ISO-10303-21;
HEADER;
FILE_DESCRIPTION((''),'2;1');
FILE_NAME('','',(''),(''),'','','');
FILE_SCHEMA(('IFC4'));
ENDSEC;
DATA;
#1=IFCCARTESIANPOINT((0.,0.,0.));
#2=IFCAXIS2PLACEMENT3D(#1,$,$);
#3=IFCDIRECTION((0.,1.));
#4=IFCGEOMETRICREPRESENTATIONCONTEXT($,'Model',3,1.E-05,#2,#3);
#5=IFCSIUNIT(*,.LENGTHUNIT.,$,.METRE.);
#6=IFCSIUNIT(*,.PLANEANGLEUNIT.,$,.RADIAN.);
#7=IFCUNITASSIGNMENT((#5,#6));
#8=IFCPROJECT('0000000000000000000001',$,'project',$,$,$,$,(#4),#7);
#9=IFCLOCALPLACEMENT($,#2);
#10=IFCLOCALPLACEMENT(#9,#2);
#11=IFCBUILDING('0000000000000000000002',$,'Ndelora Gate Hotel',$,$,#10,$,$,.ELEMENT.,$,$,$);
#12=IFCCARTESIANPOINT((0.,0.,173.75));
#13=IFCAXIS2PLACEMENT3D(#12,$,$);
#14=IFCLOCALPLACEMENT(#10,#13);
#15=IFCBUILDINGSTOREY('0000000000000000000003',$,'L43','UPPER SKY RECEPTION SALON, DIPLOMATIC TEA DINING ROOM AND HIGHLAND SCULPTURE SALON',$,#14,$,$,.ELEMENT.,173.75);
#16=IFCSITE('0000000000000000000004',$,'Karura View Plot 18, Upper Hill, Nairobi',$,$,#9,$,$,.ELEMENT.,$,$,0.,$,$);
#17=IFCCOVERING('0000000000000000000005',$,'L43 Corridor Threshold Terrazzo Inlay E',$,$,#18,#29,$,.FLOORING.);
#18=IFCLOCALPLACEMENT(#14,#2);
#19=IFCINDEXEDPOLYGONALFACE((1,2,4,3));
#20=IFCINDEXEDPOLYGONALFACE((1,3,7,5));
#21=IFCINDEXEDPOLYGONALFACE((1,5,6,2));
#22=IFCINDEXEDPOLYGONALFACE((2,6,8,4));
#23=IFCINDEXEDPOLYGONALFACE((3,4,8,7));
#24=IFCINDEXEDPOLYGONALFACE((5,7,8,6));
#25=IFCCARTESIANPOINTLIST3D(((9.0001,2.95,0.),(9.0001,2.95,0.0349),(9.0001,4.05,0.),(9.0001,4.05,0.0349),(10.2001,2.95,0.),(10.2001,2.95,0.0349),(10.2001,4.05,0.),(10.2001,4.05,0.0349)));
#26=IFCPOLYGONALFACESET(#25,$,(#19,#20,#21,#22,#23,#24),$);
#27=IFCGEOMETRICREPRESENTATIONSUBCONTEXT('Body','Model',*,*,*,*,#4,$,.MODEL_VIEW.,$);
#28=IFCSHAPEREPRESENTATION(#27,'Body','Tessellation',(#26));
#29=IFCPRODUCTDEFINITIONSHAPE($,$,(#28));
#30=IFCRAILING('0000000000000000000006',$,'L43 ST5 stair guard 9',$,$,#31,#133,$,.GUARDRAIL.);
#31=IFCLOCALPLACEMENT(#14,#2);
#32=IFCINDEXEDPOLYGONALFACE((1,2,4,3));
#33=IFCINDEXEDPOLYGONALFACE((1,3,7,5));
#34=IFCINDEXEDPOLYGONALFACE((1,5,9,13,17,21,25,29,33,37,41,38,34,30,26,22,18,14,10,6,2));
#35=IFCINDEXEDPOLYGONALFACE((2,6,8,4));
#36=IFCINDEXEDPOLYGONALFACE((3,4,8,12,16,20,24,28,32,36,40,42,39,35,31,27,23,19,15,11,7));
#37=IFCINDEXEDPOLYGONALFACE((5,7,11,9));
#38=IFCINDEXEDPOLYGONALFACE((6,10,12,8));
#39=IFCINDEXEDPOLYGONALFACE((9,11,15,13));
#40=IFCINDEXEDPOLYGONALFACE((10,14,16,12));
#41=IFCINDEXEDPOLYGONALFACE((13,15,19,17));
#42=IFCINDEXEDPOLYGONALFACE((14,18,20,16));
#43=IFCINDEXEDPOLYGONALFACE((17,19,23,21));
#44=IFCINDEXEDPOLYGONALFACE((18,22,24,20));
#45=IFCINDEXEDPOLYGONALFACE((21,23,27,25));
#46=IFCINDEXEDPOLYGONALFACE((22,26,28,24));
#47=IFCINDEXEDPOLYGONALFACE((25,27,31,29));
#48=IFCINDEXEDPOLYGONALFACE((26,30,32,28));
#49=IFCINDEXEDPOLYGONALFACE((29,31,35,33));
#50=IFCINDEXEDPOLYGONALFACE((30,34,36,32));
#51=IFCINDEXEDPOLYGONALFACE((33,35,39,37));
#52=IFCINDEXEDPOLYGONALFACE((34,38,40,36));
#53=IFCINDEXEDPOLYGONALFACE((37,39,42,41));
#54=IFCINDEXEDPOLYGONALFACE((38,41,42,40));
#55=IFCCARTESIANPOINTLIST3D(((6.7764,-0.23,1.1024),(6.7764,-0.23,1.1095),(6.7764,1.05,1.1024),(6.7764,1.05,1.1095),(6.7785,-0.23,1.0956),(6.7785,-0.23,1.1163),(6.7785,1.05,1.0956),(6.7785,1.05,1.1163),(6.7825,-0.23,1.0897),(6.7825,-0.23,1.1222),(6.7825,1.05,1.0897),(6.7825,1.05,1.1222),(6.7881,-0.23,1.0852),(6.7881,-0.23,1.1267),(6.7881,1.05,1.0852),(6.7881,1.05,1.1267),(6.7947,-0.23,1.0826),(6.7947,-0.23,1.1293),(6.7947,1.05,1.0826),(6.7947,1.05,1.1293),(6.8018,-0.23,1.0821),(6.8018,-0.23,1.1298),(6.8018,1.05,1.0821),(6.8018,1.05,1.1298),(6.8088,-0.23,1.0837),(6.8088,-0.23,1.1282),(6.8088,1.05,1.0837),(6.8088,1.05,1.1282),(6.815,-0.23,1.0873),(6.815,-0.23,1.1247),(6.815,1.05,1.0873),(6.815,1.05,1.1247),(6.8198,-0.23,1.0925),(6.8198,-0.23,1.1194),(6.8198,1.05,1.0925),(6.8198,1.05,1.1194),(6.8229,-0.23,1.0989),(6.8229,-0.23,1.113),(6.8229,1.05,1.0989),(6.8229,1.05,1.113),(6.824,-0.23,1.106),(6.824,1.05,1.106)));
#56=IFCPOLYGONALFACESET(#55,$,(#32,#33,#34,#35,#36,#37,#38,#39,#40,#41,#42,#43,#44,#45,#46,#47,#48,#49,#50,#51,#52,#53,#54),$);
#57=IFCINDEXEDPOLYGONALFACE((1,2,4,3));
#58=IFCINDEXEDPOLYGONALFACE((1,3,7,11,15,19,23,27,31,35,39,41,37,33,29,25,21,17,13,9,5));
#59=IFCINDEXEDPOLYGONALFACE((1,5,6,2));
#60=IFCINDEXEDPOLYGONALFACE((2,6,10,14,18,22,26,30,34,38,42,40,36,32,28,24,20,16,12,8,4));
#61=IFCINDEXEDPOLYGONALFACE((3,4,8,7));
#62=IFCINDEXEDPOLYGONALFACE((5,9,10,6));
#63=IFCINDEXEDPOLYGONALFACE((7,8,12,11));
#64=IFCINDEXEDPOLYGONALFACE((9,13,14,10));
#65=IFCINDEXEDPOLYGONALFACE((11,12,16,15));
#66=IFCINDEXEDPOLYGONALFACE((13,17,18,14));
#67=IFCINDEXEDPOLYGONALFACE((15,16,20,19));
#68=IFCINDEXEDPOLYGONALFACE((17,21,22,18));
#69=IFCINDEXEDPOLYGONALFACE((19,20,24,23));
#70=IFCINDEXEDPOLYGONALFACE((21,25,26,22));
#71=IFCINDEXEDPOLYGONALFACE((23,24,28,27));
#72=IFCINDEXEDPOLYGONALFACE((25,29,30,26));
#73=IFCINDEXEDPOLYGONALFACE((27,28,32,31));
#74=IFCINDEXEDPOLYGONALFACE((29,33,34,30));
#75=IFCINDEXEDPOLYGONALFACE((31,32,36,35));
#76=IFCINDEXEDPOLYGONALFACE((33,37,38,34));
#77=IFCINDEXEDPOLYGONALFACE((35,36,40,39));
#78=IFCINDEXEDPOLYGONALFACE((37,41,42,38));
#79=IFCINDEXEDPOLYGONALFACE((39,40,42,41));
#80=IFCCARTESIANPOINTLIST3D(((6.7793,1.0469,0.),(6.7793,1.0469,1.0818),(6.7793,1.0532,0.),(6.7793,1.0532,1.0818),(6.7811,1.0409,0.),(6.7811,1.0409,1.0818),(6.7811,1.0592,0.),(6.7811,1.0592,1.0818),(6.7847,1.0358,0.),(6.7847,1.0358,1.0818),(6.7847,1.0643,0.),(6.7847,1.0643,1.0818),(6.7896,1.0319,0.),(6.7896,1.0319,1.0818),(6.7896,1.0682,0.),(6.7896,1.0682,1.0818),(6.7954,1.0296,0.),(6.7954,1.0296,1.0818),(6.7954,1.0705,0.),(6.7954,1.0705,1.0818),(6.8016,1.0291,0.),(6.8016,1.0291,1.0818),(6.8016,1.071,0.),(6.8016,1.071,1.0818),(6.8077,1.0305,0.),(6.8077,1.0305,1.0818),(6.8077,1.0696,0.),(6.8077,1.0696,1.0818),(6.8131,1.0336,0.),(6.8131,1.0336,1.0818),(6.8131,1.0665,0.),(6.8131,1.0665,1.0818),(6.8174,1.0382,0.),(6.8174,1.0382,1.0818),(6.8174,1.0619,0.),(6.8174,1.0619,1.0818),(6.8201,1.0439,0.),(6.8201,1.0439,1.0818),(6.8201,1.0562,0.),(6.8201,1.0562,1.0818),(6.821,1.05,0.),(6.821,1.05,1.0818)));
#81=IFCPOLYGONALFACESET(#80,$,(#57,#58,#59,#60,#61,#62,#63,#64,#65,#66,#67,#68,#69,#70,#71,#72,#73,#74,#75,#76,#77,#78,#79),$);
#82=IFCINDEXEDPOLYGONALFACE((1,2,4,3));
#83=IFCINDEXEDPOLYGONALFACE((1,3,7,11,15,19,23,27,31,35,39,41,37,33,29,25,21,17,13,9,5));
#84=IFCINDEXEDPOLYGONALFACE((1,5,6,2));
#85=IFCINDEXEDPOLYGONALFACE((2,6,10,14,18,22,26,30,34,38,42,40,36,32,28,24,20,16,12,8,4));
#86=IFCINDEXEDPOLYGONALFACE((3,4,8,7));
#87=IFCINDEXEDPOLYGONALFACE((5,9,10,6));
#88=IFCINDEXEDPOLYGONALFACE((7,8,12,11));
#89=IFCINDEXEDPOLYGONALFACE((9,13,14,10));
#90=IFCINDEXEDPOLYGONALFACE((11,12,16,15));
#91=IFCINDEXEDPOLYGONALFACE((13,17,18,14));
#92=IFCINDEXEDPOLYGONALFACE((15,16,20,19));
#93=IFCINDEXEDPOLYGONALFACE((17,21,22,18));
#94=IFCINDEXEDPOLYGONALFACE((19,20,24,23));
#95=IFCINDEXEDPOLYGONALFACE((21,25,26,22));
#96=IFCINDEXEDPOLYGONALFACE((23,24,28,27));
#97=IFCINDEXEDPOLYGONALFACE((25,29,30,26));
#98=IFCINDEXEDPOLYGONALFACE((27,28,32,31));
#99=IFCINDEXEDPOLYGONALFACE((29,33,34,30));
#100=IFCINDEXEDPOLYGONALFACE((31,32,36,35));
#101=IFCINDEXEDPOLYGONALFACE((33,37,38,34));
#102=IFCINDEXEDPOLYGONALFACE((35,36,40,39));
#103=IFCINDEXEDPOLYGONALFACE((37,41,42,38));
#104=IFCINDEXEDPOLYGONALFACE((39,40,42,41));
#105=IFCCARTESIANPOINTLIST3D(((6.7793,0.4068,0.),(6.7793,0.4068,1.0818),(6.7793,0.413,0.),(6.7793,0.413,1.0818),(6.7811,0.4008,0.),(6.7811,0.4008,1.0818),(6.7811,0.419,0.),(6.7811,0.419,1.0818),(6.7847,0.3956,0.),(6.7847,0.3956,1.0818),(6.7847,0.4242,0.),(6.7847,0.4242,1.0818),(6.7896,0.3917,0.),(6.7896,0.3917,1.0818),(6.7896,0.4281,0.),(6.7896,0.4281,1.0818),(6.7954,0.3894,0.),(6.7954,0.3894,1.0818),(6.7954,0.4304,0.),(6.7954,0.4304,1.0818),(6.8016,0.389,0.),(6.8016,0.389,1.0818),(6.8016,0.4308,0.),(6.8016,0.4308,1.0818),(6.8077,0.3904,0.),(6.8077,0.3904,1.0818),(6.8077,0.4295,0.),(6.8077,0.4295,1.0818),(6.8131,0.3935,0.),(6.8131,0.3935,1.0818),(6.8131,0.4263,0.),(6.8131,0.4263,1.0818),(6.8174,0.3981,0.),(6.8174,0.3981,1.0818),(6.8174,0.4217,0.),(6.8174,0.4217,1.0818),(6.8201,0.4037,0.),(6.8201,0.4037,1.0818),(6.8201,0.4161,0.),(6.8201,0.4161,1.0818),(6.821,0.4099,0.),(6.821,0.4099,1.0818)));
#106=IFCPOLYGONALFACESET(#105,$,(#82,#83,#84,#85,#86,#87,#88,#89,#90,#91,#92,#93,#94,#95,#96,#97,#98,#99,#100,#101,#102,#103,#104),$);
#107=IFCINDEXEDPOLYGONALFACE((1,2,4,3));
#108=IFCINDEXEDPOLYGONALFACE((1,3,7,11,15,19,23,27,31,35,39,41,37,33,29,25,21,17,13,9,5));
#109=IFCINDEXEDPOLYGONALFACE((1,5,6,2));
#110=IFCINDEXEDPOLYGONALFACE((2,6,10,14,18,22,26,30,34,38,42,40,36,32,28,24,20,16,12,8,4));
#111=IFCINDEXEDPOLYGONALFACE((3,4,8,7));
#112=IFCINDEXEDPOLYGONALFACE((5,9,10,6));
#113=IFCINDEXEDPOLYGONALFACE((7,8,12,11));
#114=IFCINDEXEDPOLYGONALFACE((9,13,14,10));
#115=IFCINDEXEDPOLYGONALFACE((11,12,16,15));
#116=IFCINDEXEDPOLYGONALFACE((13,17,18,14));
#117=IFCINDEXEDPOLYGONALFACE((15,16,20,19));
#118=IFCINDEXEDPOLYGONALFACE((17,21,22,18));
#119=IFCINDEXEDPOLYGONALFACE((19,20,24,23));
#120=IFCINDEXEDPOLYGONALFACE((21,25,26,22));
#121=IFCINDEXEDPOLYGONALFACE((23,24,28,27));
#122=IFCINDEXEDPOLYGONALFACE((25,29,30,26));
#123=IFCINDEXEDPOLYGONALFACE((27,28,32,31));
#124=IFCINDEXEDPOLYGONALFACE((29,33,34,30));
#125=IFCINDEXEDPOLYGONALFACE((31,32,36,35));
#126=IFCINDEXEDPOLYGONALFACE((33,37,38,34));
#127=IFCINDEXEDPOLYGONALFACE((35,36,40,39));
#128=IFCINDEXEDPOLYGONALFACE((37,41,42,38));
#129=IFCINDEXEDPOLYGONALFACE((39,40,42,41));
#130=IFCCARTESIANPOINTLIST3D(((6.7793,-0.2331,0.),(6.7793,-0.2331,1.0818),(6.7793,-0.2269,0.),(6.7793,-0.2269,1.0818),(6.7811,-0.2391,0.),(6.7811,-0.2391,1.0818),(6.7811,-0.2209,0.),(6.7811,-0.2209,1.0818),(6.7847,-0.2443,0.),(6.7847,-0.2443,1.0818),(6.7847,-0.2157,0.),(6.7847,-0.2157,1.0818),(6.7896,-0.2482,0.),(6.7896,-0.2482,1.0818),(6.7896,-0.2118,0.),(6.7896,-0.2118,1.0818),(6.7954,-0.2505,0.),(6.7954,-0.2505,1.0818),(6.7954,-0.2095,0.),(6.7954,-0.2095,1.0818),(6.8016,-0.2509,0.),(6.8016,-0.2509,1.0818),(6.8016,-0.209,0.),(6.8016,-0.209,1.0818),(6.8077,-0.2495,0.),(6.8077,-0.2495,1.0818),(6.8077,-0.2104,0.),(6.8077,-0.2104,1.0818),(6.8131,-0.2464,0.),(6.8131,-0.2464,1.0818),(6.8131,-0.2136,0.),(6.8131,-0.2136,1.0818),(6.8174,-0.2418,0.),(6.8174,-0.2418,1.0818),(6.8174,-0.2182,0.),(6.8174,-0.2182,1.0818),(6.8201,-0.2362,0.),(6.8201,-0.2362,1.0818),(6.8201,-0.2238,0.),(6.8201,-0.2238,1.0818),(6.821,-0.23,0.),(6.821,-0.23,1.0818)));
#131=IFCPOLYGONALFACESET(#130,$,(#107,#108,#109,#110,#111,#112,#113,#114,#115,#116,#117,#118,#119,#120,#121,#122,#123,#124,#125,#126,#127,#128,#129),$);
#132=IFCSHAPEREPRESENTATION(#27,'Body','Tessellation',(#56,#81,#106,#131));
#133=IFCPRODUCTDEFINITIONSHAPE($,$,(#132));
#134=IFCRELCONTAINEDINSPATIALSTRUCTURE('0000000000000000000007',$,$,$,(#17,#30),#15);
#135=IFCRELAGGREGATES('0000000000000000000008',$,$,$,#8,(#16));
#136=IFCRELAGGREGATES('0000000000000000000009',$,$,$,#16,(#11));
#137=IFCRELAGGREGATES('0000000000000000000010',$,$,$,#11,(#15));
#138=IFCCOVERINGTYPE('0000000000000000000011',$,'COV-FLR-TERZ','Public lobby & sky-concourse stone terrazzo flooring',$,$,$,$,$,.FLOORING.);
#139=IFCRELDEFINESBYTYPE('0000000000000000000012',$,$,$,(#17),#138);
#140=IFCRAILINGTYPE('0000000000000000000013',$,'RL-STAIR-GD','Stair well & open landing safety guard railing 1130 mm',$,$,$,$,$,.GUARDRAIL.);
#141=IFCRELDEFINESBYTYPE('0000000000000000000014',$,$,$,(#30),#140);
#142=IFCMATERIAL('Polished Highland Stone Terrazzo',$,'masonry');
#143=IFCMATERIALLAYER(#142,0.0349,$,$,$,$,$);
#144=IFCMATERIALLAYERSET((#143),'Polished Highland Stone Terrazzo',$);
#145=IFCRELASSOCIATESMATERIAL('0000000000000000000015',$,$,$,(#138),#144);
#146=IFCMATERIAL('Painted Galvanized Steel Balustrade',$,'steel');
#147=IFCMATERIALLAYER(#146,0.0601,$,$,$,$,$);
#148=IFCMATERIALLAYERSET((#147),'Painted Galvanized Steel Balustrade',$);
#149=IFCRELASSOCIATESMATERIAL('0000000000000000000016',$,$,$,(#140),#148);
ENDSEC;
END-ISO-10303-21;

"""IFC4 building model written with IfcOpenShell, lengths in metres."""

from ifc_helpers import new_model, si_unit, direction, frame, origin, origin_2d, place, context, subcontext, project, spatial, rectangle, circle, extrude, material, layer, layer_set, type_object, element, save


model = new_model("IFC4")

# Units and contexts
model_context = context("Model", 3, precision=1e-05, world=origin(), true_north=direction((0.0, 1.0)))
body_context = subcontext(model_context, "Body", "Model", "MODEL_VIEW")
ifc_project = project(units=[si_unit("LENGTHUNIT", "METRE"), si_unit("PLANEANGLEUNIT", "RADIAN")], contexts=[model_context])

# Site, building, storey
site_placement = place(None, origin())
site = spatial("IfcSite", under=ifc_project, at=site_placement, Name="Karura View Plot 18, Upper Hill, Nairobi", CompositionType="ELEMENT", RefElevation=0.0)
building_placement = place(site_placement, origin())
building = spatial("IfcBuilding", under=site, at=building_placement, Name="Ndelora Gate Hotel", CompositionType="ELEMENT")
storey_placement = place(building_placement, frame((0.0, 0.0, 173.75)))
storey = spatial("IfcBuildingStorey", under=building, at=storey_placement, Name="L43", Description="UPPER SKY RECEPTION SALON, DIPLOMATIC TEA DINING ROOM AND HIGHLAND SCULPTURE SALON", CompositionType="ELEMENT", Elevation=173.75)

# Covering
ifc_material_1 = material(Name="Polished Highland Stone Terrazzo", Category="masonry")
ifc_layer_1 = layer(ifc_material_1, 0.0349)
ifc_layer_set_1 = layer_set([ifc_layer_1], Name="Polished Highland Stone Terrazzo")
covering_type_1 = type_object("IfcCoveringType", Name="COV-FLR-TERZ", Description="Public lobby & sky-concourse stone terrazzo flooring", PredefinedType="FLOORING", material=ifc_layer_set_1)
covering_1_placement = place(storey_placement, frame((9.6001, 3.5, 0.0), z_axis=(0.0, 0.0, 1.0), x_axis=(1.0, 0.0, 0.0)))
element("IfcCovering", 1, at=covering_1_placement, inside=storey, type_object=covering_type_1, Name="L43 Corridor Threshold Terrazzo Inlay E", PredefinedType="FLOORING", context=body_context, shape_type="SweptSolid", body=[
    extrude(rectangle(XDim=1.2, YDim=1.1001, at=origin_2d()), origin(), (0.0, 0.0, 1.0), 0.0349),
])

# Railing
ifc_material_2 = material(Name="Painted Galvanized Steel Balustrade", Category="steel")
ifc_layer_2 = layer(ifc_material_2, 0.0601)
ifc_layer_set_2 = layer_set([ifc_layer_2], Name="Painted Galvanized Steel Balustrade")
railing_type_1 = type_object("IfcRailingType", Name="RL-STAIR-GD", Description="Stair well & open landing safety guard railing 1130 mm", PredefinedType="GUARDRAIL", material=ifc_layer_set_2)
railing_1_placement = place(storey_placement, frame((6.8, 1.05, 0.0)))
element("IfcRailing", 2, at=railing_1_placement, inside=storey, type_object=railing_type_1, Name="L43 ST5 stair guard 9", PredefinedType="GUARDRAIL", context=body_context, shape_type="SweptSolid", body=[
    extrude(circle(Radius=0.0239, at=origin_2d()), frame((0.0, 0.0, 1.106), z_axis=(0.0, -1.0, 0.0), x_axis=(1.0, 0.0, 0.0)), (0.0, 0.0, 1.0), 1.28),
    extrude(circle(Radius=0.021, at=origin_2d()), origin(), (0.0, 0.0, 1.0), 1.0818),
    extrude(circle(Radius=0.021, at=origin_2d()), frame((0.0, -0.6401, 0.0)), (0.0, 0.0, 1.0), 1.0818),
    extrude(circle(Radius=0.021, at=origin_2d()), frame((0.0, -1.28, 0.0)), (0.0, 0.0, 1.0), 1.0818),
])

save(model, "model.ifc")
